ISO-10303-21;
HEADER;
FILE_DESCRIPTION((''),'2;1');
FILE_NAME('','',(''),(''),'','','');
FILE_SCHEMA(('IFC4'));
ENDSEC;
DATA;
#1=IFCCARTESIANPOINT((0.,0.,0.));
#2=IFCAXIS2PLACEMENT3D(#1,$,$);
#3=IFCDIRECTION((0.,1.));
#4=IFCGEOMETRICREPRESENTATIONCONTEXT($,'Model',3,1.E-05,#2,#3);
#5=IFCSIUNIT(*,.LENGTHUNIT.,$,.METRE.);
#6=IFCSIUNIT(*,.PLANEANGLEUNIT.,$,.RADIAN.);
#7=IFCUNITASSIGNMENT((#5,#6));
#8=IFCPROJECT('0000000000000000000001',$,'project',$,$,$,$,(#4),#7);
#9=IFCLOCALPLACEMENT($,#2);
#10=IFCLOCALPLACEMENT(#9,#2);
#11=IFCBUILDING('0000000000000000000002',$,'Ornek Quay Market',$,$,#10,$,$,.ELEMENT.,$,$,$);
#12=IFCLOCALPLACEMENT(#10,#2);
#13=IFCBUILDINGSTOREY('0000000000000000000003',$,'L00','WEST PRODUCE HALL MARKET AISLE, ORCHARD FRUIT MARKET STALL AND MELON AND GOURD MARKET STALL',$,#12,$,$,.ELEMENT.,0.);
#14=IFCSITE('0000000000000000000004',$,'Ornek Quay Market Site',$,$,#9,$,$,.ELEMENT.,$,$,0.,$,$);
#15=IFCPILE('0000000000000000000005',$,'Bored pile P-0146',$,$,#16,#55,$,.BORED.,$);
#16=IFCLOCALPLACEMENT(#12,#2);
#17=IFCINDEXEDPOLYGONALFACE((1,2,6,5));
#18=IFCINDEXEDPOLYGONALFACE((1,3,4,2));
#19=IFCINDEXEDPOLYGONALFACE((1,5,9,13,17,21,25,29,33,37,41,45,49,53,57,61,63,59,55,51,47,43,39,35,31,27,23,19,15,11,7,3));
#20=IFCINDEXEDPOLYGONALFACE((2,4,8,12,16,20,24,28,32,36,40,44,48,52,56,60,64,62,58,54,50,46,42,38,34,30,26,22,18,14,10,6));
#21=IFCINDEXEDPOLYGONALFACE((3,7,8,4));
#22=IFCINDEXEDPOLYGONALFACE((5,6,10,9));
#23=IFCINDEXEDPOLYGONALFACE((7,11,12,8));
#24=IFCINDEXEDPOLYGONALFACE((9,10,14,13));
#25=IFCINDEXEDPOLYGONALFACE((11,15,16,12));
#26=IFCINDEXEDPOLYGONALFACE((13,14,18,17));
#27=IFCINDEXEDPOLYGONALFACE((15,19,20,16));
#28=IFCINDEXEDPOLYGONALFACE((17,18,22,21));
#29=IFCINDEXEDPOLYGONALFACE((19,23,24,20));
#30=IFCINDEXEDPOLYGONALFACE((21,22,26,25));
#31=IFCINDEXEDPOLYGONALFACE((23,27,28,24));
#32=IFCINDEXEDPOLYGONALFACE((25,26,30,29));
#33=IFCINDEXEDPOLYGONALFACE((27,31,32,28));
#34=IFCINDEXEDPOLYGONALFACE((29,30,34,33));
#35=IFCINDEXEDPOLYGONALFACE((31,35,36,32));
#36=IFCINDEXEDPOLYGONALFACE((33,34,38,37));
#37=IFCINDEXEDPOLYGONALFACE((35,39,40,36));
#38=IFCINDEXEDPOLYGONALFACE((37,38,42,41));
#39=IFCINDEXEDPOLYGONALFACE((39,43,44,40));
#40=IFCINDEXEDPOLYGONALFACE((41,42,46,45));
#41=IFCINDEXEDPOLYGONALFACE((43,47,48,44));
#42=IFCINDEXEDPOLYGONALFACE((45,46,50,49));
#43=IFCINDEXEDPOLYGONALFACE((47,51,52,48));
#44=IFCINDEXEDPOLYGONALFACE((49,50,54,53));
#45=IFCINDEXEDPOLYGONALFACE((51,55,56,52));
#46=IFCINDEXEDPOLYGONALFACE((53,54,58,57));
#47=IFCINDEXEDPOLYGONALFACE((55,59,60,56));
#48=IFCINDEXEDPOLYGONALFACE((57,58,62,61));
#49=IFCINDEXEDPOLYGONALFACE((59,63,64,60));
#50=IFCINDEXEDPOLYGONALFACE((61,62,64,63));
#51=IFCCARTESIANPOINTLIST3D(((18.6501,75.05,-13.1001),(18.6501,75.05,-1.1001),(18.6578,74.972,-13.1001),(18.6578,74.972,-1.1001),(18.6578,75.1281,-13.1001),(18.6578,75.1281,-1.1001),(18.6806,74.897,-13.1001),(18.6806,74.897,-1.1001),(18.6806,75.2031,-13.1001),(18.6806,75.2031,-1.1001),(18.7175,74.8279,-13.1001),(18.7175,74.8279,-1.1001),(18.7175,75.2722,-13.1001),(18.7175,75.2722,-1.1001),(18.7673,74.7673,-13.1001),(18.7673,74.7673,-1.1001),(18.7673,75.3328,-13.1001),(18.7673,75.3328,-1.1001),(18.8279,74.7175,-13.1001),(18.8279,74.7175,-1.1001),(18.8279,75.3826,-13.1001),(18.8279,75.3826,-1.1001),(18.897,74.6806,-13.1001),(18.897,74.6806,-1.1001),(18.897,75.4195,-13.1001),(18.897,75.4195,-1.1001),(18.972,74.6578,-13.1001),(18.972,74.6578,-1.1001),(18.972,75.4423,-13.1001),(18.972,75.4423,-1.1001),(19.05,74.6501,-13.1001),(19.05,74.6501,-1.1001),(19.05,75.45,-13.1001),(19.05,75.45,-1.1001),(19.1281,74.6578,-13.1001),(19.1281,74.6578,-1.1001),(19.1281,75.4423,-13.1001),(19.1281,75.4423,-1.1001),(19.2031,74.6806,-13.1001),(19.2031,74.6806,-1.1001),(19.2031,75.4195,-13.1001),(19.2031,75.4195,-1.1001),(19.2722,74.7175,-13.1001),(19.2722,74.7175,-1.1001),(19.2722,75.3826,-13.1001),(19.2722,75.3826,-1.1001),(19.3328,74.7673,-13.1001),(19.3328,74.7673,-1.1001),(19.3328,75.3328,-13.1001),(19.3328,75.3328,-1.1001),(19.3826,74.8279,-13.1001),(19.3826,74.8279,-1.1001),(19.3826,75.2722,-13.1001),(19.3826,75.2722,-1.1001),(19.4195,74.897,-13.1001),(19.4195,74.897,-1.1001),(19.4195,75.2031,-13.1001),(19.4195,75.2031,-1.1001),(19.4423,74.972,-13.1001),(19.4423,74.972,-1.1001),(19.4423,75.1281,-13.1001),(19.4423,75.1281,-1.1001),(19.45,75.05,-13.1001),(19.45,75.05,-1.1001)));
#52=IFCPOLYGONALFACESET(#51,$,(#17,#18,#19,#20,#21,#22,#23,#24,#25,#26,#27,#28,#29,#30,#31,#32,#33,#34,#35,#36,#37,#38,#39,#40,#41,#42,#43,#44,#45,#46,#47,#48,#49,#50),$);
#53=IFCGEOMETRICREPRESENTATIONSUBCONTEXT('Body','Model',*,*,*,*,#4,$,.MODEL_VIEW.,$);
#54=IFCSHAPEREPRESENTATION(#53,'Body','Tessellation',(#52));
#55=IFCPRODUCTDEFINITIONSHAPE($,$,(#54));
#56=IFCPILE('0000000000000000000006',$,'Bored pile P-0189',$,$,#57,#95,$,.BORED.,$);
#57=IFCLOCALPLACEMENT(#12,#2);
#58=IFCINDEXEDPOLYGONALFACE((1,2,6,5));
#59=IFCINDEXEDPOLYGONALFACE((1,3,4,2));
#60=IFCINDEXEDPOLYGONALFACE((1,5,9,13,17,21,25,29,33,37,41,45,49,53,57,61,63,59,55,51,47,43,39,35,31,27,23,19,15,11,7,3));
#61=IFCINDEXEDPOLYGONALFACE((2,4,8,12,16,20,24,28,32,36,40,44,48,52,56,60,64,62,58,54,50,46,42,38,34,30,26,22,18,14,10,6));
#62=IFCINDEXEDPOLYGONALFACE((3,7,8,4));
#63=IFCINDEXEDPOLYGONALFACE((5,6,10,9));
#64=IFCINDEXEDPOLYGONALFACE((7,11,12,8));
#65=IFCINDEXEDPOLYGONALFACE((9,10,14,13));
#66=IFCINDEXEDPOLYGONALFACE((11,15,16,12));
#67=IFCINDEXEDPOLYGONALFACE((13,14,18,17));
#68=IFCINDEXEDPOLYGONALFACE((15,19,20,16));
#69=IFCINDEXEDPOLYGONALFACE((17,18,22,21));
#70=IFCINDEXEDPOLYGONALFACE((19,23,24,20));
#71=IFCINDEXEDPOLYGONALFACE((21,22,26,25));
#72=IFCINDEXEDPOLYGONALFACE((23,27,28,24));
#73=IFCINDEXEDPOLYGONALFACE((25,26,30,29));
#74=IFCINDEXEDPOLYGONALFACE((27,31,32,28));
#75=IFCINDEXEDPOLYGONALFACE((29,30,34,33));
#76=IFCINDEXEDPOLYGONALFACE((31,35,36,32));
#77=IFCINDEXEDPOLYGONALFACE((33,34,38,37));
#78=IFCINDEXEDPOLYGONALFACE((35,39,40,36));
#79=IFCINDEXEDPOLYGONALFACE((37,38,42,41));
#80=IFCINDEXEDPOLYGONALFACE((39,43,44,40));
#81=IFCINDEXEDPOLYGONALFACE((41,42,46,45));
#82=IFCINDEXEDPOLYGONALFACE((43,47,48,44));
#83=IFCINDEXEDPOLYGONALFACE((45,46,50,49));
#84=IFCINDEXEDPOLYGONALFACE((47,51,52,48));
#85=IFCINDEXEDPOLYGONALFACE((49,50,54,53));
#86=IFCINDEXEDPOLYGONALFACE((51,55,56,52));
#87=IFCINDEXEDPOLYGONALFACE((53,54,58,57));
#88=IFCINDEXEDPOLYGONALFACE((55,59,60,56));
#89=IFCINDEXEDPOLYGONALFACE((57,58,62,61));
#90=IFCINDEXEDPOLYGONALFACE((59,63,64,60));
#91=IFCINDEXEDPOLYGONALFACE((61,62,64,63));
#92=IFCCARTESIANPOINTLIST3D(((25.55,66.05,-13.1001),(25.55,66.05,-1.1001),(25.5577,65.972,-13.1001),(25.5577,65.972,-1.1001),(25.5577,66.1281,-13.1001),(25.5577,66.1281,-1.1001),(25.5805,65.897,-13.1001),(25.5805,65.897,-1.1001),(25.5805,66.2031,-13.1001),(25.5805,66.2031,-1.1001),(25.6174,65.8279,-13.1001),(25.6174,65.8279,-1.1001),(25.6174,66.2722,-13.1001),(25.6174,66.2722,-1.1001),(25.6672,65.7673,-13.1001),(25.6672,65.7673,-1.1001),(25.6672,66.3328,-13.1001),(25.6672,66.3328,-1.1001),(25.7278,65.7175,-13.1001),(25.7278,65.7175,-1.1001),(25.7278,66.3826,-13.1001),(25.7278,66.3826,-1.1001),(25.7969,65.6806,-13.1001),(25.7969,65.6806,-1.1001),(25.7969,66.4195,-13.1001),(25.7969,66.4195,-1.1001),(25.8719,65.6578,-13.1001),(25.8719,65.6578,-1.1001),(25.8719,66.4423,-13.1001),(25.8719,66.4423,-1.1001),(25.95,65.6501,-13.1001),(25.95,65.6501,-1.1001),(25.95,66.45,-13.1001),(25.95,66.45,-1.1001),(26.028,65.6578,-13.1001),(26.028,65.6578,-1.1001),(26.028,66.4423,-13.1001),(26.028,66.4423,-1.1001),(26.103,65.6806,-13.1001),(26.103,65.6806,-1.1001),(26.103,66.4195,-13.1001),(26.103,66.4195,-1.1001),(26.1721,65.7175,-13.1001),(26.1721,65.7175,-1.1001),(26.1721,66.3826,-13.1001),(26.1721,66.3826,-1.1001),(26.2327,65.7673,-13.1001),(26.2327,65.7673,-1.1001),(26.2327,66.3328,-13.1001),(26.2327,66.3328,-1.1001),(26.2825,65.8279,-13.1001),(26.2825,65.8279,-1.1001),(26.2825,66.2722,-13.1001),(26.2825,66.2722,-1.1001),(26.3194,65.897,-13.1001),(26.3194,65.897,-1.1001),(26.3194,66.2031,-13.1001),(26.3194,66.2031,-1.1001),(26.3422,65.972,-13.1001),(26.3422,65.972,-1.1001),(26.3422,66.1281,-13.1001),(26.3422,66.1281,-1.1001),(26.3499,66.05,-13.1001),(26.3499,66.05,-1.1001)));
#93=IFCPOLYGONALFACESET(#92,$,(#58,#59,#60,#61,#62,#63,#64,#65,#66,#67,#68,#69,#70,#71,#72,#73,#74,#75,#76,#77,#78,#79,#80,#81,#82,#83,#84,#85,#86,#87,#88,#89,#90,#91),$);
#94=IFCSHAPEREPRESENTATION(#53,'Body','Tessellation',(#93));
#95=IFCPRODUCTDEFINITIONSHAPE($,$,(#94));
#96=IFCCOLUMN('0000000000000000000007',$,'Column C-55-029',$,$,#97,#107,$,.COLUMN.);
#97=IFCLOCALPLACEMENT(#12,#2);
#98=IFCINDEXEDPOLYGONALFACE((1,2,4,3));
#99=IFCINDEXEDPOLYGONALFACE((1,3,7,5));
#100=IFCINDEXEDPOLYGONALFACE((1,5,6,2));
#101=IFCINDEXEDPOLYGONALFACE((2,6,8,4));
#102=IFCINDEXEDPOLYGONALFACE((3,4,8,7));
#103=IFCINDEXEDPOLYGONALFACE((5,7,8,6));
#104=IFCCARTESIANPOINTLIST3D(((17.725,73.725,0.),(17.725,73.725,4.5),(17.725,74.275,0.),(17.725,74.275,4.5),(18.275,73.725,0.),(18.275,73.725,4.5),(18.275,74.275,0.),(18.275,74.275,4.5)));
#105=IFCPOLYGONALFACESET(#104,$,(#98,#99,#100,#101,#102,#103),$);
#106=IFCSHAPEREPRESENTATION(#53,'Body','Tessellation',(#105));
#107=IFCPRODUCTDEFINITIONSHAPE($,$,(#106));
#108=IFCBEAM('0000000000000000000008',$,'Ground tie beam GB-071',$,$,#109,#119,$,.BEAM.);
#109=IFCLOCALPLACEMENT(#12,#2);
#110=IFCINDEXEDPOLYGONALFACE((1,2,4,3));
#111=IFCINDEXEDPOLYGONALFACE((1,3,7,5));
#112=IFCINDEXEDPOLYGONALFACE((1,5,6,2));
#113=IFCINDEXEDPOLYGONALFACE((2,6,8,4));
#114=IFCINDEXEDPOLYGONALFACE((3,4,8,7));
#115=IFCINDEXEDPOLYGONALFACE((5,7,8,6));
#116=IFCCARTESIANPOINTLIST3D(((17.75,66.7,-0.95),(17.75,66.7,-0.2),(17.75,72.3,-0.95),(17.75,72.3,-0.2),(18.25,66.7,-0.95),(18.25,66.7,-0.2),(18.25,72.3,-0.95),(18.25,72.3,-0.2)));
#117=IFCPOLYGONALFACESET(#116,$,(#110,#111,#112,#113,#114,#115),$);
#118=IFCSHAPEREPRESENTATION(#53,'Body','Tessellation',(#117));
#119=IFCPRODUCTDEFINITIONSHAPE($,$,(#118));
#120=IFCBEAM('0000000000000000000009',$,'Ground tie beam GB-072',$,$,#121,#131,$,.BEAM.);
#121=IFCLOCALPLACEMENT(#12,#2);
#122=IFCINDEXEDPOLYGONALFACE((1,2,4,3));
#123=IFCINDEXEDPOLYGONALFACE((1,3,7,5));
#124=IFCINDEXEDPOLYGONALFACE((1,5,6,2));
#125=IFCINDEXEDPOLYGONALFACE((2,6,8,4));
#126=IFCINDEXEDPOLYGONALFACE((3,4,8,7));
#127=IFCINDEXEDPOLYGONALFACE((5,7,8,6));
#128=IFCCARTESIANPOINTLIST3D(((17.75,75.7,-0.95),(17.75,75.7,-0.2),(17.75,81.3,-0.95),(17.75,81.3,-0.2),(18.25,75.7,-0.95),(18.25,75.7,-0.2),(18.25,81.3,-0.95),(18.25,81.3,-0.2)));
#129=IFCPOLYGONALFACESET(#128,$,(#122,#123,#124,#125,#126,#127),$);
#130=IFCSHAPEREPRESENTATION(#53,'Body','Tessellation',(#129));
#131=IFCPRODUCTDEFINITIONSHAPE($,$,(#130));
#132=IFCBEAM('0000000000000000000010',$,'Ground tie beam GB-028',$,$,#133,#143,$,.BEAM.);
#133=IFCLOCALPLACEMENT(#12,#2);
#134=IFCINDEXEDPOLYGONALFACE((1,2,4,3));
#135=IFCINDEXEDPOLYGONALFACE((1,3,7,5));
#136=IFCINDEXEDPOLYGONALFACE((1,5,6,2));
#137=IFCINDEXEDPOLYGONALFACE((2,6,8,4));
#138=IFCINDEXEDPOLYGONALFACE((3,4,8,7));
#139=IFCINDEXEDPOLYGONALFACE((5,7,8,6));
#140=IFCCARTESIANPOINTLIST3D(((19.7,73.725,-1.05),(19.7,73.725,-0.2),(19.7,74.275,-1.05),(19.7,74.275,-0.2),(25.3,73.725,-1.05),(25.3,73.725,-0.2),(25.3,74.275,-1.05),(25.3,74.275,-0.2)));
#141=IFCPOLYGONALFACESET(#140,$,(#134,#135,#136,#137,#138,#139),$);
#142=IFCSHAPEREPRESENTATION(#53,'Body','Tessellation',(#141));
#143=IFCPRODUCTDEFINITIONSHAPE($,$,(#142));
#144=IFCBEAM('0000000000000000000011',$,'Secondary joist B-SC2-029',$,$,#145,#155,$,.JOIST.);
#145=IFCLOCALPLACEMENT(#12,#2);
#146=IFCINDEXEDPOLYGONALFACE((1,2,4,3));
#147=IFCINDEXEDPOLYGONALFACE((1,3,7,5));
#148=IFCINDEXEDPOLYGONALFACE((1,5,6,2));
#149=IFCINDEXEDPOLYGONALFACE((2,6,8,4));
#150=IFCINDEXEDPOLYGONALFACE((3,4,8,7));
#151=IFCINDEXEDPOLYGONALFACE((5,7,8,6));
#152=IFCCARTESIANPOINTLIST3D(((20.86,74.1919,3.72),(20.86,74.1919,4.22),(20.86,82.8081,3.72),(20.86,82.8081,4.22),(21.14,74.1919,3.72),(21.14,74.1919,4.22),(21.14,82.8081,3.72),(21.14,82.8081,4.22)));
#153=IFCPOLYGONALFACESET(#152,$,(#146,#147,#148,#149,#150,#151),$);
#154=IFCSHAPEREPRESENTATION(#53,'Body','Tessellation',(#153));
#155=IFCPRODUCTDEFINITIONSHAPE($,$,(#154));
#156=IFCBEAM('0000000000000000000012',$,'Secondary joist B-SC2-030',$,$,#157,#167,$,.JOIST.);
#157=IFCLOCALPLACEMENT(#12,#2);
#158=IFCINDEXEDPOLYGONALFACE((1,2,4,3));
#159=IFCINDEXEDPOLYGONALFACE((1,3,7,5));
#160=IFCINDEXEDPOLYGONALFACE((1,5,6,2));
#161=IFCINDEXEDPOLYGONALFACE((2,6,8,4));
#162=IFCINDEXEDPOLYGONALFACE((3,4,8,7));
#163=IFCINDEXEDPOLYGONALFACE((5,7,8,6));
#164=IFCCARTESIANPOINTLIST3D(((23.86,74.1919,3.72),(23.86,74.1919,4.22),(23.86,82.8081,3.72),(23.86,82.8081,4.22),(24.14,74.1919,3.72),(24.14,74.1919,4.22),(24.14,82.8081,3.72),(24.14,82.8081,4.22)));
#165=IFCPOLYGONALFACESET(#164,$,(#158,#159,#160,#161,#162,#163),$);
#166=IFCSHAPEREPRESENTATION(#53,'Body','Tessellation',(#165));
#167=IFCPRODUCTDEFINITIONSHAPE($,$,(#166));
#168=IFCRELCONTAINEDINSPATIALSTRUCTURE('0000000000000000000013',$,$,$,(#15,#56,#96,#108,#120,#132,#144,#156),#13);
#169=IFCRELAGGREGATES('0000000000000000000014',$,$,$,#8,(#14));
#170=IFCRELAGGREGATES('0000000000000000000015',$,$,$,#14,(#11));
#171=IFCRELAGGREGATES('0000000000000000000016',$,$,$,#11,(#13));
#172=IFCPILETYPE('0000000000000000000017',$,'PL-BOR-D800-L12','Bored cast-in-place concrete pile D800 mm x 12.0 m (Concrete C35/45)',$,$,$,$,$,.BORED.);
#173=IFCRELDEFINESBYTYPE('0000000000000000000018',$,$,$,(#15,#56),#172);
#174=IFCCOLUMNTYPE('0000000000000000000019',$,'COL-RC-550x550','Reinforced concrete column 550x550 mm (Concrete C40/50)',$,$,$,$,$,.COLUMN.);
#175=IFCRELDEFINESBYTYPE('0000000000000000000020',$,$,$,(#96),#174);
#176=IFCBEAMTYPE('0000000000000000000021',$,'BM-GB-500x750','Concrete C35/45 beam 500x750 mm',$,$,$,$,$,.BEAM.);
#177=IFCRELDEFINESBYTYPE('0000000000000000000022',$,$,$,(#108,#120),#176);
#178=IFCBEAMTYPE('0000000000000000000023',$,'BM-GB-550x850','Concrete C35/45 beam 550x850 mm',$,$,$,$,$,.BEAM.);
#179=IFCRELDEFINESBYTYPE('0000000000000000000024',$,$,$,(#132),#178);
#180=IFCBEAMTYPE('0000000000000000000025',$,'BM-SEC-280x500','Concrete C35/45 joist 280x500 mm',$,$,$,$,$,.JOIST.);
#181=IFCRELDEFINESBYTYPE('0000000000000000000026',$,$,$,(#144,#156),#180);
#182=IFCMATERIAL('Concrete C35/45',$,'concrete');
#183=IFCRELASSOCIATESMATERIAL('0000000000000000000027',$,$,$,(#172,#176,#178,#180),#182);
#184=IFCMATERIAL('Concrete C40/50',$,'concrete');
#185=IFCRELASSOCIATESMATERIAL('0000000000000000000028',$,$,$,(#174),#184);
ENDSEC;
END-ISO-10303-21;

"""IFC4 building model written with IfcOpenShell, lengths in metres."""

from ifc_helpers import new_model, si_unit, direction, frame, origin, origin_2d, place, context, subcontext, project, spatial, rectangle, circle, extrude, material, material_profile, profile_set, type_object, element, save


model = new_model("IFC4")

# Units and contexts
model_context = context("Model", 3, precision=1e-05, world=origin(), true_north=direction((0.0, 1.0)))
body_context = subcontext(model_context, "Body", "Model", "MODEL_VIEW")
ifc_project = project(units=[si_unit("LENGTHUNIT", "METRE"), si_unit("PLANEANGLEUNIT", "RADIAN")], contexts=[model_context])

# Site, building, storey
site_placement = place(None, origin())
site = spatial("IfcSite", under=ifc_project, at=site_placement, Name="Ornek Quay Market Site", CompositionType="ELEMENT", RefElevation=0.0)
building_placement = place(site_placement, origin())
building = spatial("IfcBuilding", under=site, at=building_placement, Name="Ornek Quay Market", CompositionType="ELEMENT")
storey_placement = place(building_placement, origin())
storey = spatial("IfcBuildingStorey", under=building, at=storey_placement, Name="L00", Description="WEST PRODUCE HALL MARKET AISLE, ORCHARD FRUIT MARKET STALL AND MELON AND GOURD MARKET STALL", CompositionType="ELEMENT", Elevation=0.0)

# Piles
ifc_material_1 = material(Name="Concrete C35/45", Category="concrete")
ifc_material_profile_1 = material_profile(ifc_material_1, circle(Radius=0.3999, at=origin_2d()), Name="PILE D800", Category="concrete")
ifc_profile_set_1 = profile_set([ifc_material_profile_1], Name="Concrete C35/45")
pile_type = type_object("IfcPileType", Name="PL-BOR-D800-L12", Description="Bored cast-in-place concrete pile D800 mm x 12.0 m (Concrete C35/45)", PredefinedType="BORED", material=ifc_profile_set_1)
for number, where, z_axis, x_axis, name in (
    (1, (19.05, 75.05, -1.1001), (0.0, 0.0, -1.0), (1.0, 0.0, 0.0), "Bored pile P-0146"),
    (2, (25.95, 66.05, -1.1001), (0.0, 0.0, -1.0), (1.0, 0.0, 0.0), "Bored pile P-0189"),
):
    element("IfcPile", number, at=place(storey_placement, frame(where, z_axis=z_axis, x_axis=x_axis)), inside=storey, type_object=pile_type, Name=name, PredefinedType="BORED", context=body_context, shape_type="SweptSolid", body=[
        extrude(circle(Radius=0.3999, at=origin_2d()), origin(), (0.0, 0.0, 1.0), 12.0),
    ])

# Column
ifc_material_2 = material(Name="Concrete C40/50", Category="concrete")
ifc_material_profile_2 = material_profile(ifc_material_2, rectangle(XDim=0.55, YDim=0.55, at=origin_2d()), Name="RC 550x550", Category="concrete")
ifc_profile_set_2 = profile_set([ifc_material_profile_2], Name="Concrete C40/50")
column_type = type_object("IfcColumnType", Name="COL-RC-550x550", Description="Reinforced concrete column 550x550 mm (Concrete C40/50)", PredefinedType="COLUMN", material=ifc_profile_set_2)
column_placement = place(storey_placement, frame((18.0, 74.0, 0.0), z_axis=(0.0, 0.0, 1.0), x_axis=(1.0, 0.0, 0.0)))
element("IfcColumn", 3, at=column_placement, inside=storey, type_object=column_type, Name="Column C-55-029", PredefinedType="COLUMN", context=body_context, shape_type="SweptSolid", body=[
    extrude(rectangle(XDim=0.55, YDim=0.55, at=origin_2d()), origin(), (0.0, 0.0, 1.0), 4.5),
])

# Beams
ifc_material_profile_3 = material_profile(ifc_material_1, rectangle(XDim=0.5, YDim=0.75, at=origin_2d()), Name="RC 500x750", Category="concrete")
ifc_profile_set_3 = profile_set([ifc_material_profile_3], Name="Concrete C35/45")
beam_type_1 = type_object("IfcBeamType", Name="BM-GB-500x750", Description="Concrete C35/45 beam 500x750 mm", PredefinedType="BEAM", material=ifc_profile_set_3)
for number, where, z_axis, x_axis, name in (
    (4, (18.0, 66.7, -0.575), (0.0, 1.0, 0.0), (-1.0, 0.0, 0.0), "Ground tie beam GB-071"),
    (5, (18.0, 75.7, -0.575), (0.0, 1.0, 0.0), (-1.0, 0.0, 0.0), "Ground tie beam GB-072"),
):
    element("IfcBeam", number, at=place(storey_placement, frame(where, z_axis=z_axis, x_axis=x_axis)), inside=storey, type_object=beam_type_1, Name=name, PredefinedType="BEAM", context=body_context, shape_type="SweptSolid", body=[
        extrude(rectangle(XDim=0.5, YDim=0.75, at=origin_2d()), origin(), (0.0, 0.0, 1.0), 5.6001),
    ])
ifc_material_profile_4 = material_profile(ifc_material_1, rectangle(XDim=0.55, YDim=0.8501, at=origin_2d()), Name="RC 550x850", Category="concrete")
ifc_profile_set_4 = profile_set([ifc_material_profile_4], Name="Concrete C35/45")
beam_type_2 = type_object("IfcBeamType", Name="BM-GB-550x850", Description="Concrete C35/45 beam 550x850 mm", PredefinedType="BEAM", material=ifc_profile_set_4)
beam_placement = place(storey_placement, frame((19.7, 74.0, -0.625), z_axis=(1.0, 0.0, 0.0), x_axis=(0.0, 1.0, 0.0)))
element("IfcBeam", 6, at=beam_placement, inside=storey, type_object=beam_type_2, Name="Ground tie beam GB-028", PredefinedType="BEAM", context=body_context, shape_type="SweptSolid", body=[
    extrude(rectangle(XDim=0.55, YDim=0.8501, at=origin_2d()), origin(), (0.0, 0.0, 1.0), 5.6001),
])
ifc_material_profile_5 = material_profile(ifc_material_1, rectangle(XDim=0.28, YDim=0.5, at=origin_2d()), Name="RC 280x500", Category="concrete")
ifc_profile_set_5 = profile_set([ifc_material_profile_5], Name="Concrete C35/45")
beam_type_3 = type_object("IfcBeamType", Name="BM-SEC-280x500", Description="Concrete C35/45 joist 280x500 mm", PredefinedType="JOIST", material=ifc_profile_set_5)
for number, where, z_axis, x_axis, name in (
    (7, (21.0, 74.1919, 3.97), (0.0, 1.0, 0.0), (-1.0, 0.0, 0.0), "Secondary joist B-SC2-029"),
    (8, (24.0, 74.1919, 3.97), (0.0, 1.0, 0.0), (-1.0, 0.0, 0.0), "Secondary joist B-SC2-030"),
):
    element("IfcBeam", number, at=place(storey_placement, frame(where, z_axis=z_axis, x_axis=x_axis)), inside=storey, type_object=beam_type_3, Name=name, PredefinedType="JOIST", context=body_context, shape_type="SweptSolid", body=[
        extrude(rectangle(XDim=0.28, YDim=0.5, at=origin_2d()), origin(), (0.0, 0.0, 1.0), 8.6162),
    ])

save(model, "model.ifc")
